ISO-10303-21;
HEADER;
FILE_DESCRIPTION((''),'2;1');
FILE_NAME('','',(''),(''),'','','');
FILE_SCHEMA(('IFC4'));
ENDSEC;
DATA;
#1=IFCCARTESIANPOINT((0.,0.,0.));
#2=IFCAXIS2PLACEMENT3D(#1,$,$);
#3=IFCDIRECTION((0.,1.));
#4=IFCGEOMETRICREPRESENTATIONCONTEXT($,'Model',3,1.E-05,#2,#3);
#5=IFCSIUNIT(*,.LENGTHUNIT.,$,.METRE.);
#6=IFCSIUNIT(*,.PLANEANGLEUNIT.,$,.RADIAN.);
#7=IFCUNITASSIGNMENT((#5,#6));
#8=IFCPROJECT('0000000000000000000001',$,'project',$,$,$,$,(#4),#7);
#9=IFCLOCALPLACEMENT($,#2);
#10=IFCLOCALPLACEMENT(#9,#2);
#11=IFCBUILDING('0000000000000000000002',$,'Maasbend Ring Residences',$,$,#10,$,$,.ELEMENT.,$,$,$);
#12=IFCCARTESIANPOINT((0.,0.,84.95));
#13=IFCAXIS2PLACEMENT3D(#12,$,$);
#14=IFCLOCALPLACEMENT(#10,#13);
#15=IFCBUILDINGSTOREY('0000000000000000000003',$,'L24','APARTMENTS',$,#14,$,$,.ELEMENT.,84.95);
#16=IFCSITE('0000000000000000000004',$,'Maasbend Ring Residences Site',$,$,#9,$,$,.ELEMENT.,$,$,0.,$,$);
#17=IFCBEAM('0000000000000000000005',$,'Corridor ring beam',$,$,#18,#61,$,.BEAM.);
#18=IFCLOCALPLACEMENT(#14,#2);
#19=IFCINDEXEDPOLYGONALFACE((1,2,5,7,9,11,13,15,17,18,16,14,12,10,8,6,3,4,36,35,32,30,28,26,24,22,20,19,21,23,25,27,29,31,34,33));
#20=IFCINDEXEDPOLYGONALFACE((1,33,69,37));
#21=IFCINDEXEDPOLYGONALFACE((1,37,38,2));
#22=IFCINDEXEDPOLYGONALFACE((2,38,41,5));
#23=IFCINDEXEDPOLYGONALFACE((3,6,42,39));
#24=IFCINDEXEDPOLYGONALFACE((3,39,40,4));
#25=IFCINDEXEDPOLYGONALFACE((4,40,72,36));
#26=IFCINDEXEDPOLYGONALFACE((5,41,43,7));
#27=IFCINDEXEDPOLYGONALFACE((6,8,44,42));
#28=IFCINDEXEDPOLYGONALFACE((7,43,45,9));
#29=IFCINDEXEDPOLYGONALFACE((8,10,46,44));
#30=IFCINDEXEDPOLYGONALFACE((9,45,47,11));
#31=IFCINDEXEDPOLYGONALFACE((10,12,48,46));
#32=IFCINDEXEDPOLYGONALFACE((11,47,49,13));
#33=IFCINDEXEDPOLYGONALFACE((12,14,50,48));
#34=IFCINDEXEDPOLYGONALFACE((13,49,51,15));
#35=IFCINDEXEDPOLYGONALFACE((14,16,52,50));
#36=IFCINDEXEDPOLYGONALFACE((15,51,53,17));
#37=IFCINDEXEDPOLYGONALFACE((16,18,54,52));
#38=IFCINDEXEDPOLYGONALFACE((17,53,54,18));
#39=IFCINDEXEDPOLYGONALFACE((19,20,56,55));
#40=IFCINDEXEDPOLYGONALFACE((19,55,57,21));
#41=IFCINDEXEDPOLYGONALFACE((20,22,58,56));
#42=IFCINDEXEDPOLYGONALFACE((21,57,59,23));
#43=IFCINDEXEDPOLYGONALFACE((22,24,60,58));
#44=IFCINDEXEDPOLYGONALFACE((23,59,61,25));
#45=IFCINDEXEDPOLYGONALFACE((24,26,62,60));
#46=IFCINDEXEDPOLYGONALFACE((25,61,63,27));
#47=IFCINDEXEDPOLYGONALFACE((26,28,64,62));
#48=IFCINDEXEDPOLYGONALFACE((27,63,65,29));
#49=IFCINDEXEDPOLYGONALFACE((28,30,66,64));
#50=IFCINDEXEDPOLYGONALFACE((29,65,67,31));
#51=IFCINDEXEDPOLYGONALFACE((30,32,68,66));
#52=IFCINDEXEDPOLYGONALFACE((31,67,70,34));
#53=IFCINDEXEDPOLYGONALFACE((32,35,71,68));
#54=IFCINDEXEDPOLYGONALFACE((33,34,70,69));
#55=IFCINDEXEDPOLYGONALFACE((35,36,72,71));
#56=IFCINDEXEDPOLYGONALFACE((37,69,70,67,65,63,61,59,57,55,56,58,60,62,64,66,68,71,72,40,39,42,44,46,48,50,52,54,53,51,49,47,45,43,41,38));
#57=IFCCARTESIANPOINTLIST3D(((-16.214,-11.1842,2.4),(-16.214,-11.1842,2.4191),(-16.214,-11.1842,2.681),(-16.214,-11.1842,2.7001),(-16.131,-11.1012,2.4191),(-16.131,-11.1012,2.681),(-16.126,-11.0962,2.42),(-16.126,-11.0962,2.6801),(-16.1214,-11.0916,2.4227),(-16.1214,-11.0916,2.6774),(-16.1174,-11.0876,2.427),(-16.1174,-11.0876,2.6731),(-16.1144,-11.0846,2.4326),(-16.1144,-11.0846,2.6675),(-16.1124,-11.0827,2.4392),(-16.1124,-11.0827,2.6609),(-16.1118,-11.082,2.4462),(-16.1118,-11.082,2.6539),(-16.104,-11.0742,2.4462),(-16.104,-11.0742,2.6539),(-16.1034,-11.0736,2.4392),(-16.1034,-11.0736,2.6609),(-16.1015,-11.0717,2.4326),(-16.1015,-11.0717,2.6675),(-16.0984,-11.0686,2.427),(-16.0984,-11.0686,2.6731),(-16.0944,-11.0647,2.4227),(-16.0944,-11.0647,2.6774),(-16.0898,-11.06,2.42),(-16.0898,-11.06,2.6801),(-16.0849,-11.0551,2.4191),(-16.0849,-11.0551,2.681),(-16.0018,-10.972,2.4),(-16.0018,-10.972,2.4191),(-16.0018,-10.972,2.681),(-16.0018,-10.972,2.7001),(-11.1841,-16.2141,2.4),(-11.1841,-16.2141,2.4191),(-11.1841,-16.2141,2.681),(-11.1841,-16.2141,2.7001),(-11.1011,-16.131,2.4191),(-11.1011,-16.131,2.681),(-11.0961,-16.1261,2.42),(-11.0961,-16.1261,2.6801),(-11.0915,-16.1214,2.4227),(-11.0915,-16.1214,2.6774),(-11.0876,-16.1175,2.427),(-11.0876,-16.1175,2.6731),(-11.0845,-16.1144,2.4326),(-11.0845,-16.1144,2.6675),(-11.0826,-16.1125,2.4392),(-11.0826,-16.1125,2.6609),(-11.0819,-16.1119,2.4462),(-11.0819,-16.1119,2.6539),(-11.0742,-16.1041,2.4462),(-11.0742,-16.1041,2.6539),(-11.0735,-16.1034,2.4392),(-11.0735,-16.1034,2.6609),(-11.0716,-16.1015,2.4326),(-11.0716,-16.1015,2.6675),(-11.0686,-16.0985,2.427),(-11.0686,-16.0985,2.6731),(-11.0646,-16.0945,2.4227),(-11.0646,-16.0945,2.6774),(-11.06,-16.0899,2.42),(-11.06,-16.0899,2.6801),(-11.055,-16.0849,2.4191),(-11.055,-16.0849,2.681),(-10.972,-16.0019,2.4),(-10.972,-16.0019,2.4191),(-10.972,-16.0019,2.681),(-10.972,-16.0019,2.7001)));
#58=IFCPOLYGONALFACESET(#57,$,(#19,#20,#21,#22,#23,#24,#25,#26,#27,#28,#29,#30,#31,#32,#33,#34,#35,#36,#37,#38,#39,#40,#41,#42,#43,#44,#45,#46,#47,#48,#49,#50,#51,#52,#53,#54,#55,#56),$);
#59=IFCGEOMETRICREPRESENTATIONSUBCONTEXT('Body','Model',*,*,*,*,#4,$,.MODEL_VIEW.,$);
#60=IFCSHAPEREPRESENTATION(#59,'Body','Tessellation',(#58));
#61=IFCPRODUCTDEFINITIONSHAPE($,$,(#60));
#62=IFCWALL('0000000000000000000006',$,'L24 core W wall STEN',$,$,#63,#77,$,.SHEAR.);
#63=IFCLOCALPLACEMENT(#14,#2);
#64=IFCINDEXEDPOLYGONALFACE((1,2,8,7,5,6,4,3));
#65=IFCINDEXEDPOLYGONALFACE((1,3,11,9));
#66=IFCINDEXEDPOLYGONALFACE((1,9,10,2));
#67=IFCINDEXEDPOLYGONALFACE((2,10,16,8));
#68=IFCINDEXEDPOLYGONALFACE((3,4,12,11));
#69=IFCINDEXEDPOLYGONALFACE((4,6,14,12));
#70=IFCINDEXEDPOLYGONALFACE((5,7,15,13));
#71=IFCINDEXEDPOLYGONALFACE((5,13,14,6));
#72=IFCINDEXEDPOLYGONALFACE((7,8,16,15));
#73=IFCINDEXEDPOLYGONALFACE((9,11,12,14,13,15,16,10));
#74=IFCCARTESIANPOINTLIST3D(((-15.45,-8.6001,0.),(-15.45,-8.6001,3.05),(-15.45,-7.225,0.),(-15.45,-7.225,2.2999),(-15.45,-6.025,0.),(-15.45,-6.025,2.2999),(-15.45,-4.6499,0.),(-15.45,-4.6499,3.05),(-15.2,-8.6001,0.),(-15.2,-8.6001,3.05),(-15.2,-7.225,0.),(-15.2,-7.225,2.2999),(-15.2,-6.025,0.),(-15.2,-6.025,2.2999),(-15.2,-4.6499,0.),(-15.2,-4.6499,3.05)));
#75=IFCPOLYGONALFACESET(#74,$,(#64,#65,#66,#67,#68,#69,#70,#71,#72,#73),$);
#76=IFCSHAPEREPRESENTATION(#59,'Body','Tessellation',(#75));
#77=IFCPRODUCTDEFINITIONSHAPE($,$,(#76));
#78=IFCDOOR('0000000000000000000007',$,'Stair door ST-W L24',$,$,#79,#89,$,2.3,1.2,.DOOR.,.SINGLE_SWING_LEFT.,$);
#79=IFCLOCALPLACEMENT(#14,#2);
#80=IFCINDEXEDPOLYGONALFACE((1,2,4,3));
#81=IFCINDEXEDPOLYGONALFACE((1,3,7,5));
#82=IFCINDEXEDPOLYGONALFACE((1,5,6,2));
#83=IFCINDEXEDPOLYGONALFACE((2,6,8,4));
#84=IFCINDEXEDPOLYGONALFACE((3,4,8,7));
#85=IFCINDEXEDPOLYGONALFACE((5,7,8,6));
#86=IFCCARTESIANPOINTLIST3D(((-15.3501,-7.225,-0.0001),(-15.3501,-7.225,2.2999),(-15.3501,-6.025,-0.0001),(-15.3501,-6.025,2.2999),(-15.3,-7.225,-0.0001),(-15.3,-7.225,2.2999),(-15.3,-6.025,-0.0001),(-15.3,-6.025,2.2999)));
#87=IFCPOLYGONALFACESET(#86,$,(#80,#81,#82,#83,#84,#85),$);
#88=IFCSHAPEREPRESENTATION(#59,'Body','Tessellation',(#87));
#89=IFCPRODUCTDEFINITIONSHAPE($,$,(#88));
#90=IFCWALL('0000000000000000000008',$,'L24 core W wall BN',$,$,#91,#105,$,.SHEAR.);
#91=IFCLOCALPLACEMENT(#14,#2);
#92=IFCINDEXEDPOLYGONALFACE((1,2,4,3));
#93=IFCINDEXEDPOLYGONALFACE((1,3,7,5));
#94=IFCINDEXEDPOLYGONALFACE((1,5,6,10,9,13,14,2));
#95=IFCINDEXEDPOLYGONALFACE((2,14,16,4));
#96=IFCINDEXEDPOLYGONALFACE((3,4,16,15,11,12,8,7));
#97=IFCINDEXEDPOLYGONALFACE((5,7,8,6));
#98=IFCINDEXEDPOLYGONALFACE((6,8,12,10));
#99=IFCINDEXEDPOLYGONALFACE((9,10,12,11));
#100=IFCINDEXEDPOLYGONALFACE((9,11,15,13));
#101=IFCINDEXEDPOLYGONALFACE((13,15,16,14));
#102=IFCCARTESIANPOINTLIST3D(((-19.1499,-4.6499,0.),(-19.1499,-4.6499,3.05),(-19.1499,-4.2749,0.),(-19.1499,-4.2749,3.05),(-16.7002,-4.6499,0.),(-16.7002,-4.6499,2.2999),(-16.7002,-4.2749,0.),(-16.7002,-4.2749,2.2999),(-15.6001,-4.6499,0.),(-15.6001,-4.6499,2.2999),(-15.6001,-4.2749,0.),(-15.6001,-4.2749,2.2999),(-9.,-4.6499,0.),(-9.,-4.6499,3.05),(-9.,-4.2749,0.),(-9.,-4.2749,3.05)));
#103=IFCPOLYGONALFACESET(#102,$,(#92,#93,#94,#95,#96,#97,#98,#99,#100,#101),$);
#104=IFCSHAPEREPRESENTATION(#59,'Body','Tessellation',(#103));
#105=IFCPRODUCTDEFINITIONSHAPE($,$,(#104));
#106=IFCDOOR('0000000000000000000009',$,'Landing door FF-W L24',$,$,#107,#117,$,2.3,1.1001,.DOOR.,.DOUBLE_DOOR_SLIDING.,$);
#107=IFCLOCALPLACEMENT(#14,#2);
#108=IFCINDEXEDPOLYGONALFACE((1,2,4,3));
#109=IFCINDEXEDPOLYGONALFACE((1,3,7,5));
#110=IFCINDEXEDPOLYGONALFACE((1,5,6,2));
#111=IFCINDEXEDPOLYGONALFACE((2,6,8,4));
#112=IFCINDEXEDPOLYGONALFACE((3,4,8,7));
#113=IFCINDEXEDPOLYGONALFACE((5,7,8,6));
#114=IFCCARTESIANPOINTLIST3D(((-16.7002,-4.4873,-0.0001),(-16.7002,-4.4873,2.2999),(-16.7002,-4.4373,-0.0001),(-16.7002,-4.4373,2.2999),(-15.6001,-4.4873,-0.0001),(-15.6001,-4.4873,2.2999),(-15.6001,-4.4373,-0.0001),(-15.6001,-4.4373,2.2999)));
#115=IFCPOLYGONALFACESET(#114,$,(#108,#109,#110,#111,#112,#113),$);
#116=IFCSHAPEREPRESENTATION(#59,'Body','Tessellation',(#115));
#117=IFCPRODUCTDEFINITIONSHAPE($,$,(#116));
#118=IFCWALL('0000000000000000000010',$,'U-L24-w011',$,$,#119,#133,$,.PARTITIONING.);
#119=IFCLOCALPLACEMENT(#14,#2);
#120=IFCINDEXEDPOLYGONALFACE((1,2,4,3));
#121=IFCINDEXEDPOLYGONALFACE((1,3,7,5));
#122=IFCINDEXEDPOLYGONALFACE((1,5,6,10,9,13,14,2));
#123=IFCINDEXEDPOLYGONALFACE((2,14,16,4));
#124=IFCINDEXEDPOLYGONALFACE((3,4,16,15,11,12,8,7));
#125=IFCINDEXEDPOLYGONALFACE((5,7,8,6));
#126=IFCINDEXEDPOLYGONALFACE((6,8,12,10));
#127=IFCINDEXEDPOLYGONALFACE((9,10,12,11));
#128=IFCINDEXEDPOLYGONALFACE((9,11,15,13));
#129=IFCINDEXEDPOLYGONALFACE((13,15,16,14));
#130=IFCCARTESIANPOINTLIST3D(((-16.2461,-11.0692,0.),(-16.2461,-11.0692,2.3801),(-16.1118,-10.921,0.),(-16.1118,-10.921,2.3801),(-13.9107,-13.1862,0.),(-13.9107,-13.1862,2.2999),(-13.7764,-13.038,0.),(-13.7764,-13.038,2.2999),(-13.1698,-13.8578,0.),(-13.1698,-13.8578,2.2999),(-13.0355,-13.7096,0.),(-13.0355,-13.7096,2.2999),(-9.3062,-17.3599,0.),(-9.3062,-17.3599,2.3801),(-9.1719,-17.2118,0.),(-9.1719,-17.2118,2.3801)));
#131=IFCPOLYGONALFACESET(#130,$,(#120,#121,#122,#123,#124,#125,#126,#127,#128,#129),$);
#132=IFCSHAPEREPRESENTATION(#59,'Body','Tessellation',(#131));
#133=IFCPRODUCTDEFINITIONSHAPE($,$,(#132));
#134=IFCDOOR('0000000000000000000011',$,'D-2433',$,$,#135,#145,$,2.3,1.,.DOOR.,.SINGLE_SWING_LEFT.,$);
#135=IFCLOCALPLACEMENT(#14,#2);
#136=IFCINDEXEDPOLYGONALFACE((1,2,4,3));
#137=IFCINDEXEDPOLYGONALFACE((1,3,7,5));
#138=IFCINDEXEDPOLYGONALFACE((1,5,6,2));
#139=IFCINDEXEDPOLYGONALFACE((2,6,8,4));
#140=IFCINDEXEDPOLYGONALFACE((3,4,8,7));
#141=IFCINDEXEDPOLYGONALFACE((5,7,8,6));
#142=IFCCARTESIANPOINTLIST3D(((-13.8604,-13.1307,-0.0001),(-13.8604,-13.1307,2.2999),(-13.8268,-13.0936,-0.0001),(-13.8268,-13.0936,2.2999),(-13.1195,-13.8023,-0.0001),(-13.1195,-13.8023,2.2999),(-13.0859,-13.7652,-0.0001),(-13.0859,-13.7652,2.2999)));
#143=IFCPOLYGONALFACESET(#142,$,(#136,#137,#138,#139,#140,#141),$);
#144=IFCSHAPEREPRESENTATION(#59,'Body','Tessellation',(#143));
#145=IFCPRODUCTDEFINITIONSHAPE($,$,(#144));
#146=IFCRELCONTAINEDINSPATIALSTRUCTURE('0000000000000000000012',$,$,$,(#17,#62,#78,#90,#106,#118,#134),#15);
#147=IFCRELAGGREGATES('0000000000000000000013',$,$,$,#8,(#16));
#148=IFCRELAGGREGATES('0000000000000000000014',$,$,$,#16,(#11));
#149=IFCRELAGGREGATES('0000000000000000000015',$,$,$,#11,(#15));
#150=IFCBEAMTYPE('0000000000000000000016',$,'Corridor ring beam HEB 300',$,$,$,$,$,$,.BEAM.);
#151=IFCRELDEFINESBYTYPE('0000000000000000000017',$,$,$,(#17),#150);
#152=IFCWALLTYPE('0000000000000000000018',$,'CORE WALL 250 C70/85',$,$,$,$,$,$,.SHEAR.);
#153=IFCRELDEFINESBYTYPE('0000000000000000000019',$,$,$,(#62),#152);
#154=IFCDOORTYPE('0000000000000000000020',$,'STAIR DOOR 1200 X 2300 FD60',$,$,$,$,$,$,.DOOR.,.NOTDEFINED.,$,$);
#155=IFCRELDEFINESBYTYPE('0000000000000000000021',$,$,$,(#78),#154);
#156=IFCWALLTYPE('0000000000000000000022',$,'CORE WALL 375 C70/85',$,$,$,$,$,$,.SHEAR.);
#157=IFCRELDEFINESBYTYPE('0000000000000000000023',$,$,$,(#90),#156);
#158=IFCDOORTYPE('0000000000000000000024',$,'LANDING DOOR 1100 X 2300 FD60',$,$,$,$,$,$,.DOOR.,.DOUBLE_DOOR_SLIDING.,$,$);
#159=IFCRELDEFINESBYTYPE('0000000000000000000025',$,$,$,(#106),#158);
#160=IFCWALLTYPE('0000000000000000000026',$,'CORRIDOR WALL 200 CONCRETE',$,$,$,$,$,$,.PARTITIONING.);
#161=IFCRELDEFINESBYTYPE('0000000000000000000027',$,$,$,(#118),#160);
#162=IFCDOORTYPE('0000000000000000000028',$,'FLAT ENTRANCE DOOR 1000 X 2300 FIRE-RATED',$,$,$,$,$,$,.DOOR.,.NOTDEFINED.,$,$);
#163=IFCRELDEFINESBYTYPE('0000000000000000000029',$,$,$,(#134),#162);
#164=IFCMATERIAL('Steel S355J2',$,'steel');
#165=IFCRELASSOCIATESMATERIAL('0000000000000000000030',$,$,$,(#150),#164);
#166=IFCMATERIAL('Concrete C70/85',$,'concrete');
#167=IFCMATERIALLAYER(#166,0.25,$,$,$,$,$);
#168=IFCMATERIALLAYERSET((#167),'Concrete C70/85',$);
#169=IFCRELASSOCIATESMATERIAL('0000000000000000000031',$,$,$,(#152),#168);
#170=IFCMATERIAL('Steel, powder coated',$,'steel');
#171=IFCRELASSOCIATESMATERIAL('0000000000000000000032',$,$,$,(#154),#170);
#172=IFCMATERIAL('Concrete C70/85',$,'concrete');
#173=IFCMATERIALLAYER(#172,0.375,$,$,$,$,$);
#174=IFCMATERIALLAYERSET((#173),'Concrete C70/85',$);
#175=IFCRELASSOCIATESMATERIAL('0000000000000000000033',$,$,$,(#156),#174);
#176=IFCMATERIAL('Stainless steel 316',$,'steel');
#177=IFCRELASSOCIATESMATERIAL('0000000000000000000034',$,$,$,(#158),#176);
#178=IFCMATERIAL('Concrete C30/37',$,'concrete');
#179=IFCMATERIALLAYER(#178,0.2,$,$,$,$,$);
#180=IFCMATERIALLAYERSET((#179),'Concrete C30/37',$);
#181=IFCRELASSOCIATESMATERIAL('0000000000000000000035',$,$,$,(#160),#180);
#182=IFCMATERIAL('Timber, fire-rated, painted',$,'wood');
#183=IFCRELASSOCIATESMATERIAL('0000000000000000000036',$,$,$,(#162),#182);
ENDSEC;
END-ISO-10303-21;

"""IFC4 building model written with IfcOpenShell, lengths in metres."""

from ifc_helpers import new_model, si_unit, direction, frame, frame_2d, origin, origin_2d, place, context, subcontext, project, spatial, rectangle, i_section, extrude, material, layer, layer_set, material_profile, profile_set, type_object, element, fill, save


model = new_model("IFC4")

# Units and contexts
model_context = context("Model", 3, precision=1e-05, world=origin(), true_north=direction((0.0, 1.0)))
body_context = subcontext(model_context, "Body", "Model", "MODEL_VIEW")
ifc_project = project(units=[si_unit("LENGTHUNIT", "METRE"), si_unit("PLANEANGLEUNIT", "RADIAN")], contexts=[model_context])

# Site, building, storey
site_placement = place(None, origin())
site = spatial("IfcSite", under=ifc_project, at=site_placement, Name="Maasbend Ring Residences Site", CompositionType="ELEMENT", RefElevation=0.0)
building_placement = place(site_placement, origin())
building = spatial("IfcBuilding", under=site, at=building_placement, Name="Maasbend Ring Residences", CompositionType="ELEMENT")
storey_placement = place(building_placement, frame((0.0, 0.0, 84.95)))
storey = spatial("IfcBuildingStorey", under=building, at=storey_placement, Name="L24", Description="APARTMENTS", CompositionType="ELEMENT", Elevation=84.95)

# Beam
ifc_material_1 = material(Name="Steel S355J2", Category="steel")
ifc_material_profile = material_profile(ifc_material_1, i_section(OverallWidth=0.3, OverallDepth=0.3, WebThickness=0.011, FlangeThickness=0.019, FilletRadius=0.0271, at=origin_2d()), Name="HEB 300")
ifc_profile_set = profile_set([ifc_material_profile], Name="Steel S355J2")
beam_type = type_object("IfcBeamType", Name="Corridor ring beam HEB 300", PredefinedType="BEAM", material=ifc_profile_set)
beam_placement = place(storey_placement, frame((-16.1079, -11.0781, 2.55), z_axis=(0.707107, -0.707107, 0.0), x_axis=(0.707107, 0.707107, 0.0)))
element("IfcBeam", 1, at=beam_placement, inside=storey, type_object=beam_type, Name="Corridor ring beam", PredefinedType="BEAM", context=body_context, shape_type="SweptSolid", body=[
    extrude(i_section(OverallWidth=0.3, OverallDepth=0.3, WebThickness=0.011, FlangeThickness=0.019, FilletRadius=0.0271, at=origin_2d()), origin(), (0.0, 0.0, 1.0), 7.1133),
])

# Walls, openings, doors
ifc_material_2 = material(Name="Concrete C70/85", Category="concrete")
ifc_layer_1 = layer(ifc_material_2, 0.25)
ifc_layer_set_1 = layer_set([ifc_layer_1], Name="Concrete C70/85")
wall_type_1 = type_object("IfcWallType", Name="CORE WALL 250 C70/85", PredefinedType="SHEAR", material=ifc_layer_set_1)
wall_1_placement = place(storey_placement, frame((-15.325, -4.6499, 0.0), z_axis=(0.0, 0.0, 1.0), x_axis=(0.0, -1.0, 0.0)))
wall_1 = element("IfcWall", 2, at=wall_1_placement, inside=storey, type_object=wall_type_1, Name="L24 core W wall STEN", PredefinedType="SHEAR", context=body_context, shape_type="SweptSolid", body=[
    extrude(rectangle(XDim=3.9502, YDim=0.25, at=frame_2d((1.9751, 0.0))), origin(), (0.0, 0.0, 1.0), 3.05),
])
opening_1_placement = place(wall_1_placement, frame((1.375, 0.0, 0.0)))
opening_1 = element("IfcOpeningElement", 3, at=opening_1_placement, cuts=wall_1, PredefinedType="OPENING", context=body_context, shape_type="SweptSolid", body=[
    extrude(rectangle(XDim=1.2, YDim=2.3, at=frame_2d((0.6001, 1.1499))), frame((0.0, 0.135, 0.0), z_axis=(0.0, -1.0, 0.0), x_axis=(1.0, 0.0, 0.0)), (0.0, 0.0, 1.0), 0.27),
])
ifc_material_3 = material(Name="Steel, powder coated", Category="steel")
door_type_1 = type_object("IfcDoorType", Name="STAIR DOOR 1200 X 2300 FD60", OperationType="NOTDEFINED", PredefinedType="DOOR", material=ifc_material_3)
door_1_placement = place(opening_1_placement, origin())
door_1 = element("IfcDoor", 4, at=door_1_placement, inside=storey, type_object=door_type_1, Name="Stair door ST-W L24", OperationType="SINGLE_SWING_LEFT", OverallHeight=2.3, OverallWidth=1.2, PredefinedType="DOOR", context=body_context, shape_type="SweptSolid", body=[
    extrude(rectangle(XDim=1.2, YDim=2.3, at=frame_2d((0.6001, 1.1499))), frame((0.0, 0.0249, 0.0), z_axis=(0.0, -1.0, 0.0), x_axis=(1.0, 0.0, 0.0)), (0.0, 0.0, 1.0), 0.05),
])
fill(opening_1, door_1)
ifc_material_4 = material(Name="Concrete C70/85", Category="concrete")
ifc_layer_2 = layer(ifc_material_4, 0.375)
ifc_layer_set_2 = layer_set([ifc_layer_2], Name="Concrete C70/85")
wall_type_2 = type_object("IfcWallType", Name="CORE WALL 375 C70/85", PredefinedType="SHEAR", material=ifc_layer_set_2)
wall_2_placement = place(storey_placement, frame((-9.0, -4.4624, 0.0), z_axis=(0.0, 0.0, 1.0), x_axis=(-1.0, 0.0, 0.0)))
wall_2 = element("IfcWall", 5, at=wall_2_placement, inside=storey, type_object=wall_type_2, Name="L24 core W wall BN", PredefinedType="SHEAR", context=body_context, shape_type="SweptSolid", body=[
    extrude(rectangle(XDim=10.1499, YDim=0.375, at=frame_2d((5.075, 0.0))), origin(), (0.0, 0.0, 1.0), 3.05),
])
opening_2_placement = place(wall_2_placement, frame((6.6001, 0.0, 0.0)))
opening_2 = element("IfcOpeningElement", 6, at=opening_2_placement, cuts=wall_2, PredefinedType="OPENING", context=body_context, shape_type="SweptSolid", body=[
    extrude(rectangle(XDim=1.1001, YDim=2.3, at=frame_2d((0.55, 1.1499))), frame((0.0, 0.1975, 0.0), z_axis=(0.0, -1.0, 0.0), x_axis=(1.0, 0.0, 0.0)), (0.0, 0.0, 1.0), 0.395),
])
ifc_material_5 = material(Name="Stainless steel 316", Category="steel")
door_type_2 = type_object("IfcDoorType", Name="LANDING DOOR 1100 X 2300 FD60", OperationType="DOUBLE_DOOR_SLIDING", PredefinedType="DOOR", material=ifc_material_5)
door_2_placement = place(opening_2_placement, origin())
door_2 = element("IfcDoor", 7, at=door_2_placement, inside=storey, type_object=door_type_2, Name="Landing door FF-W L24", OperationType="DOUBLE_DOOR_SLIDING", OverallHeight=2.3, OverallWidth=1.1001, PredefinedType="DOOR", context=body_context, shape_type="SweptSolid", body=[
    extrude(rectangle(XDim=1.1001, YDim=2.3, at=frame_2d((0.55, 1.1499))), frame((0.0, 0.0249, 0.0), z_axis=(0.0, -1.0, 0.0), x_axis=(1.0, 0.0, 0.0)), (0.0, 0.0, 1.0), 0.05),
])
fill(opening_2, door_2)
ifc_material_6 = material(Name="Concrete C30/37", Category="concrete")
ifc_layer_3 = layer(ifc_material_6, 0.2)
ifc_layer_set_3 = layer_set([ifc_layer_3], Name="Concrete C30/37")
wall_type_3 = type_object("IfcWallType", Name="CORRIDOR WALL 200 CONCRETE", PredefinedType="PARTITIONING", material=ifc_layer_set_3)
wall_3_placement = place(storey_placement, frame((-16.179, -10.9951, 0.0), z_axis=(0.0, 0.0, 1.0), x_axis=(0.74091, -0.671604, 0.0)))
wall_3 = element("IfcWall", 8, at=wall_3_placement, inside=storey, type_object=wall_type_3, Name="U-L24-w011", PredefinedType="PARTITIONING", context=body_context, shape_type="SweptSolid", body=[
    extrude(rectangle(XDim=9.3667, YDim=0.2, at=frame_2d((4.6833, 0.0))), origin(), (0.0, 0.0, 1.0), 2.3801),
])
opening_3_placement = place(wall_3_placement, frame((3.1521, 0.0, 0.0)))
opening_3 = element("IfcOpeningElement", 9, at=opening_3_placement, cuts=wall_3, PredefinedType="OPENING", context=body_context, shape_type="SweptSolid", body=[
    extrude(rectangle(XDim=1.0, YDim=2.3, at=frame_2d((0.5, 1.1499))), frame((0.0, 0.1099, 0.0), z_axis=(0.0, -1.0, 0.0), x_axis=(1.0, 0.0, 0.0)), (0.0, 0.0, 1.0), 0.22),
])
ifc_material_7 = material(Name="Timber, fire-rated, painted", Category="wood")
door_type_3 = type_object("IfcDoorType", Name="FLAT ENTRANCE DOOR 1000 X 2300 FIRE-RATED", OperationType="NOTDEFINED", PredefinedType="DOOR", material=ifc_material_7)
door_3_placement = place(opening_3_placement, origin())
door_3 = element("IfcDoor", 10, at=door_3_placement, inside=storey, type_object=door_type_3, Name="D-2433", OperationType="SINGLE_SWING_LEFT", OverallHeight=2.3, OverallWidth=1.0, PredefinedType="DOOR", context=body_context, shape_type="SweptSolid", body=[
    extrude(rectangle(XDim=1.0, YDim=2.3, at=frame_2d((0.5, 1.1499))), frame((0.0, 0.0249, 0.0), z_axis=(0.0, -1.0, 0.0), x_axis=(1.0, 0.0, 0.0)), (0.0, 0.0, 1.0), 0.05),
])
fill(opening_3, door_3)

save(model, "model.ifc")
